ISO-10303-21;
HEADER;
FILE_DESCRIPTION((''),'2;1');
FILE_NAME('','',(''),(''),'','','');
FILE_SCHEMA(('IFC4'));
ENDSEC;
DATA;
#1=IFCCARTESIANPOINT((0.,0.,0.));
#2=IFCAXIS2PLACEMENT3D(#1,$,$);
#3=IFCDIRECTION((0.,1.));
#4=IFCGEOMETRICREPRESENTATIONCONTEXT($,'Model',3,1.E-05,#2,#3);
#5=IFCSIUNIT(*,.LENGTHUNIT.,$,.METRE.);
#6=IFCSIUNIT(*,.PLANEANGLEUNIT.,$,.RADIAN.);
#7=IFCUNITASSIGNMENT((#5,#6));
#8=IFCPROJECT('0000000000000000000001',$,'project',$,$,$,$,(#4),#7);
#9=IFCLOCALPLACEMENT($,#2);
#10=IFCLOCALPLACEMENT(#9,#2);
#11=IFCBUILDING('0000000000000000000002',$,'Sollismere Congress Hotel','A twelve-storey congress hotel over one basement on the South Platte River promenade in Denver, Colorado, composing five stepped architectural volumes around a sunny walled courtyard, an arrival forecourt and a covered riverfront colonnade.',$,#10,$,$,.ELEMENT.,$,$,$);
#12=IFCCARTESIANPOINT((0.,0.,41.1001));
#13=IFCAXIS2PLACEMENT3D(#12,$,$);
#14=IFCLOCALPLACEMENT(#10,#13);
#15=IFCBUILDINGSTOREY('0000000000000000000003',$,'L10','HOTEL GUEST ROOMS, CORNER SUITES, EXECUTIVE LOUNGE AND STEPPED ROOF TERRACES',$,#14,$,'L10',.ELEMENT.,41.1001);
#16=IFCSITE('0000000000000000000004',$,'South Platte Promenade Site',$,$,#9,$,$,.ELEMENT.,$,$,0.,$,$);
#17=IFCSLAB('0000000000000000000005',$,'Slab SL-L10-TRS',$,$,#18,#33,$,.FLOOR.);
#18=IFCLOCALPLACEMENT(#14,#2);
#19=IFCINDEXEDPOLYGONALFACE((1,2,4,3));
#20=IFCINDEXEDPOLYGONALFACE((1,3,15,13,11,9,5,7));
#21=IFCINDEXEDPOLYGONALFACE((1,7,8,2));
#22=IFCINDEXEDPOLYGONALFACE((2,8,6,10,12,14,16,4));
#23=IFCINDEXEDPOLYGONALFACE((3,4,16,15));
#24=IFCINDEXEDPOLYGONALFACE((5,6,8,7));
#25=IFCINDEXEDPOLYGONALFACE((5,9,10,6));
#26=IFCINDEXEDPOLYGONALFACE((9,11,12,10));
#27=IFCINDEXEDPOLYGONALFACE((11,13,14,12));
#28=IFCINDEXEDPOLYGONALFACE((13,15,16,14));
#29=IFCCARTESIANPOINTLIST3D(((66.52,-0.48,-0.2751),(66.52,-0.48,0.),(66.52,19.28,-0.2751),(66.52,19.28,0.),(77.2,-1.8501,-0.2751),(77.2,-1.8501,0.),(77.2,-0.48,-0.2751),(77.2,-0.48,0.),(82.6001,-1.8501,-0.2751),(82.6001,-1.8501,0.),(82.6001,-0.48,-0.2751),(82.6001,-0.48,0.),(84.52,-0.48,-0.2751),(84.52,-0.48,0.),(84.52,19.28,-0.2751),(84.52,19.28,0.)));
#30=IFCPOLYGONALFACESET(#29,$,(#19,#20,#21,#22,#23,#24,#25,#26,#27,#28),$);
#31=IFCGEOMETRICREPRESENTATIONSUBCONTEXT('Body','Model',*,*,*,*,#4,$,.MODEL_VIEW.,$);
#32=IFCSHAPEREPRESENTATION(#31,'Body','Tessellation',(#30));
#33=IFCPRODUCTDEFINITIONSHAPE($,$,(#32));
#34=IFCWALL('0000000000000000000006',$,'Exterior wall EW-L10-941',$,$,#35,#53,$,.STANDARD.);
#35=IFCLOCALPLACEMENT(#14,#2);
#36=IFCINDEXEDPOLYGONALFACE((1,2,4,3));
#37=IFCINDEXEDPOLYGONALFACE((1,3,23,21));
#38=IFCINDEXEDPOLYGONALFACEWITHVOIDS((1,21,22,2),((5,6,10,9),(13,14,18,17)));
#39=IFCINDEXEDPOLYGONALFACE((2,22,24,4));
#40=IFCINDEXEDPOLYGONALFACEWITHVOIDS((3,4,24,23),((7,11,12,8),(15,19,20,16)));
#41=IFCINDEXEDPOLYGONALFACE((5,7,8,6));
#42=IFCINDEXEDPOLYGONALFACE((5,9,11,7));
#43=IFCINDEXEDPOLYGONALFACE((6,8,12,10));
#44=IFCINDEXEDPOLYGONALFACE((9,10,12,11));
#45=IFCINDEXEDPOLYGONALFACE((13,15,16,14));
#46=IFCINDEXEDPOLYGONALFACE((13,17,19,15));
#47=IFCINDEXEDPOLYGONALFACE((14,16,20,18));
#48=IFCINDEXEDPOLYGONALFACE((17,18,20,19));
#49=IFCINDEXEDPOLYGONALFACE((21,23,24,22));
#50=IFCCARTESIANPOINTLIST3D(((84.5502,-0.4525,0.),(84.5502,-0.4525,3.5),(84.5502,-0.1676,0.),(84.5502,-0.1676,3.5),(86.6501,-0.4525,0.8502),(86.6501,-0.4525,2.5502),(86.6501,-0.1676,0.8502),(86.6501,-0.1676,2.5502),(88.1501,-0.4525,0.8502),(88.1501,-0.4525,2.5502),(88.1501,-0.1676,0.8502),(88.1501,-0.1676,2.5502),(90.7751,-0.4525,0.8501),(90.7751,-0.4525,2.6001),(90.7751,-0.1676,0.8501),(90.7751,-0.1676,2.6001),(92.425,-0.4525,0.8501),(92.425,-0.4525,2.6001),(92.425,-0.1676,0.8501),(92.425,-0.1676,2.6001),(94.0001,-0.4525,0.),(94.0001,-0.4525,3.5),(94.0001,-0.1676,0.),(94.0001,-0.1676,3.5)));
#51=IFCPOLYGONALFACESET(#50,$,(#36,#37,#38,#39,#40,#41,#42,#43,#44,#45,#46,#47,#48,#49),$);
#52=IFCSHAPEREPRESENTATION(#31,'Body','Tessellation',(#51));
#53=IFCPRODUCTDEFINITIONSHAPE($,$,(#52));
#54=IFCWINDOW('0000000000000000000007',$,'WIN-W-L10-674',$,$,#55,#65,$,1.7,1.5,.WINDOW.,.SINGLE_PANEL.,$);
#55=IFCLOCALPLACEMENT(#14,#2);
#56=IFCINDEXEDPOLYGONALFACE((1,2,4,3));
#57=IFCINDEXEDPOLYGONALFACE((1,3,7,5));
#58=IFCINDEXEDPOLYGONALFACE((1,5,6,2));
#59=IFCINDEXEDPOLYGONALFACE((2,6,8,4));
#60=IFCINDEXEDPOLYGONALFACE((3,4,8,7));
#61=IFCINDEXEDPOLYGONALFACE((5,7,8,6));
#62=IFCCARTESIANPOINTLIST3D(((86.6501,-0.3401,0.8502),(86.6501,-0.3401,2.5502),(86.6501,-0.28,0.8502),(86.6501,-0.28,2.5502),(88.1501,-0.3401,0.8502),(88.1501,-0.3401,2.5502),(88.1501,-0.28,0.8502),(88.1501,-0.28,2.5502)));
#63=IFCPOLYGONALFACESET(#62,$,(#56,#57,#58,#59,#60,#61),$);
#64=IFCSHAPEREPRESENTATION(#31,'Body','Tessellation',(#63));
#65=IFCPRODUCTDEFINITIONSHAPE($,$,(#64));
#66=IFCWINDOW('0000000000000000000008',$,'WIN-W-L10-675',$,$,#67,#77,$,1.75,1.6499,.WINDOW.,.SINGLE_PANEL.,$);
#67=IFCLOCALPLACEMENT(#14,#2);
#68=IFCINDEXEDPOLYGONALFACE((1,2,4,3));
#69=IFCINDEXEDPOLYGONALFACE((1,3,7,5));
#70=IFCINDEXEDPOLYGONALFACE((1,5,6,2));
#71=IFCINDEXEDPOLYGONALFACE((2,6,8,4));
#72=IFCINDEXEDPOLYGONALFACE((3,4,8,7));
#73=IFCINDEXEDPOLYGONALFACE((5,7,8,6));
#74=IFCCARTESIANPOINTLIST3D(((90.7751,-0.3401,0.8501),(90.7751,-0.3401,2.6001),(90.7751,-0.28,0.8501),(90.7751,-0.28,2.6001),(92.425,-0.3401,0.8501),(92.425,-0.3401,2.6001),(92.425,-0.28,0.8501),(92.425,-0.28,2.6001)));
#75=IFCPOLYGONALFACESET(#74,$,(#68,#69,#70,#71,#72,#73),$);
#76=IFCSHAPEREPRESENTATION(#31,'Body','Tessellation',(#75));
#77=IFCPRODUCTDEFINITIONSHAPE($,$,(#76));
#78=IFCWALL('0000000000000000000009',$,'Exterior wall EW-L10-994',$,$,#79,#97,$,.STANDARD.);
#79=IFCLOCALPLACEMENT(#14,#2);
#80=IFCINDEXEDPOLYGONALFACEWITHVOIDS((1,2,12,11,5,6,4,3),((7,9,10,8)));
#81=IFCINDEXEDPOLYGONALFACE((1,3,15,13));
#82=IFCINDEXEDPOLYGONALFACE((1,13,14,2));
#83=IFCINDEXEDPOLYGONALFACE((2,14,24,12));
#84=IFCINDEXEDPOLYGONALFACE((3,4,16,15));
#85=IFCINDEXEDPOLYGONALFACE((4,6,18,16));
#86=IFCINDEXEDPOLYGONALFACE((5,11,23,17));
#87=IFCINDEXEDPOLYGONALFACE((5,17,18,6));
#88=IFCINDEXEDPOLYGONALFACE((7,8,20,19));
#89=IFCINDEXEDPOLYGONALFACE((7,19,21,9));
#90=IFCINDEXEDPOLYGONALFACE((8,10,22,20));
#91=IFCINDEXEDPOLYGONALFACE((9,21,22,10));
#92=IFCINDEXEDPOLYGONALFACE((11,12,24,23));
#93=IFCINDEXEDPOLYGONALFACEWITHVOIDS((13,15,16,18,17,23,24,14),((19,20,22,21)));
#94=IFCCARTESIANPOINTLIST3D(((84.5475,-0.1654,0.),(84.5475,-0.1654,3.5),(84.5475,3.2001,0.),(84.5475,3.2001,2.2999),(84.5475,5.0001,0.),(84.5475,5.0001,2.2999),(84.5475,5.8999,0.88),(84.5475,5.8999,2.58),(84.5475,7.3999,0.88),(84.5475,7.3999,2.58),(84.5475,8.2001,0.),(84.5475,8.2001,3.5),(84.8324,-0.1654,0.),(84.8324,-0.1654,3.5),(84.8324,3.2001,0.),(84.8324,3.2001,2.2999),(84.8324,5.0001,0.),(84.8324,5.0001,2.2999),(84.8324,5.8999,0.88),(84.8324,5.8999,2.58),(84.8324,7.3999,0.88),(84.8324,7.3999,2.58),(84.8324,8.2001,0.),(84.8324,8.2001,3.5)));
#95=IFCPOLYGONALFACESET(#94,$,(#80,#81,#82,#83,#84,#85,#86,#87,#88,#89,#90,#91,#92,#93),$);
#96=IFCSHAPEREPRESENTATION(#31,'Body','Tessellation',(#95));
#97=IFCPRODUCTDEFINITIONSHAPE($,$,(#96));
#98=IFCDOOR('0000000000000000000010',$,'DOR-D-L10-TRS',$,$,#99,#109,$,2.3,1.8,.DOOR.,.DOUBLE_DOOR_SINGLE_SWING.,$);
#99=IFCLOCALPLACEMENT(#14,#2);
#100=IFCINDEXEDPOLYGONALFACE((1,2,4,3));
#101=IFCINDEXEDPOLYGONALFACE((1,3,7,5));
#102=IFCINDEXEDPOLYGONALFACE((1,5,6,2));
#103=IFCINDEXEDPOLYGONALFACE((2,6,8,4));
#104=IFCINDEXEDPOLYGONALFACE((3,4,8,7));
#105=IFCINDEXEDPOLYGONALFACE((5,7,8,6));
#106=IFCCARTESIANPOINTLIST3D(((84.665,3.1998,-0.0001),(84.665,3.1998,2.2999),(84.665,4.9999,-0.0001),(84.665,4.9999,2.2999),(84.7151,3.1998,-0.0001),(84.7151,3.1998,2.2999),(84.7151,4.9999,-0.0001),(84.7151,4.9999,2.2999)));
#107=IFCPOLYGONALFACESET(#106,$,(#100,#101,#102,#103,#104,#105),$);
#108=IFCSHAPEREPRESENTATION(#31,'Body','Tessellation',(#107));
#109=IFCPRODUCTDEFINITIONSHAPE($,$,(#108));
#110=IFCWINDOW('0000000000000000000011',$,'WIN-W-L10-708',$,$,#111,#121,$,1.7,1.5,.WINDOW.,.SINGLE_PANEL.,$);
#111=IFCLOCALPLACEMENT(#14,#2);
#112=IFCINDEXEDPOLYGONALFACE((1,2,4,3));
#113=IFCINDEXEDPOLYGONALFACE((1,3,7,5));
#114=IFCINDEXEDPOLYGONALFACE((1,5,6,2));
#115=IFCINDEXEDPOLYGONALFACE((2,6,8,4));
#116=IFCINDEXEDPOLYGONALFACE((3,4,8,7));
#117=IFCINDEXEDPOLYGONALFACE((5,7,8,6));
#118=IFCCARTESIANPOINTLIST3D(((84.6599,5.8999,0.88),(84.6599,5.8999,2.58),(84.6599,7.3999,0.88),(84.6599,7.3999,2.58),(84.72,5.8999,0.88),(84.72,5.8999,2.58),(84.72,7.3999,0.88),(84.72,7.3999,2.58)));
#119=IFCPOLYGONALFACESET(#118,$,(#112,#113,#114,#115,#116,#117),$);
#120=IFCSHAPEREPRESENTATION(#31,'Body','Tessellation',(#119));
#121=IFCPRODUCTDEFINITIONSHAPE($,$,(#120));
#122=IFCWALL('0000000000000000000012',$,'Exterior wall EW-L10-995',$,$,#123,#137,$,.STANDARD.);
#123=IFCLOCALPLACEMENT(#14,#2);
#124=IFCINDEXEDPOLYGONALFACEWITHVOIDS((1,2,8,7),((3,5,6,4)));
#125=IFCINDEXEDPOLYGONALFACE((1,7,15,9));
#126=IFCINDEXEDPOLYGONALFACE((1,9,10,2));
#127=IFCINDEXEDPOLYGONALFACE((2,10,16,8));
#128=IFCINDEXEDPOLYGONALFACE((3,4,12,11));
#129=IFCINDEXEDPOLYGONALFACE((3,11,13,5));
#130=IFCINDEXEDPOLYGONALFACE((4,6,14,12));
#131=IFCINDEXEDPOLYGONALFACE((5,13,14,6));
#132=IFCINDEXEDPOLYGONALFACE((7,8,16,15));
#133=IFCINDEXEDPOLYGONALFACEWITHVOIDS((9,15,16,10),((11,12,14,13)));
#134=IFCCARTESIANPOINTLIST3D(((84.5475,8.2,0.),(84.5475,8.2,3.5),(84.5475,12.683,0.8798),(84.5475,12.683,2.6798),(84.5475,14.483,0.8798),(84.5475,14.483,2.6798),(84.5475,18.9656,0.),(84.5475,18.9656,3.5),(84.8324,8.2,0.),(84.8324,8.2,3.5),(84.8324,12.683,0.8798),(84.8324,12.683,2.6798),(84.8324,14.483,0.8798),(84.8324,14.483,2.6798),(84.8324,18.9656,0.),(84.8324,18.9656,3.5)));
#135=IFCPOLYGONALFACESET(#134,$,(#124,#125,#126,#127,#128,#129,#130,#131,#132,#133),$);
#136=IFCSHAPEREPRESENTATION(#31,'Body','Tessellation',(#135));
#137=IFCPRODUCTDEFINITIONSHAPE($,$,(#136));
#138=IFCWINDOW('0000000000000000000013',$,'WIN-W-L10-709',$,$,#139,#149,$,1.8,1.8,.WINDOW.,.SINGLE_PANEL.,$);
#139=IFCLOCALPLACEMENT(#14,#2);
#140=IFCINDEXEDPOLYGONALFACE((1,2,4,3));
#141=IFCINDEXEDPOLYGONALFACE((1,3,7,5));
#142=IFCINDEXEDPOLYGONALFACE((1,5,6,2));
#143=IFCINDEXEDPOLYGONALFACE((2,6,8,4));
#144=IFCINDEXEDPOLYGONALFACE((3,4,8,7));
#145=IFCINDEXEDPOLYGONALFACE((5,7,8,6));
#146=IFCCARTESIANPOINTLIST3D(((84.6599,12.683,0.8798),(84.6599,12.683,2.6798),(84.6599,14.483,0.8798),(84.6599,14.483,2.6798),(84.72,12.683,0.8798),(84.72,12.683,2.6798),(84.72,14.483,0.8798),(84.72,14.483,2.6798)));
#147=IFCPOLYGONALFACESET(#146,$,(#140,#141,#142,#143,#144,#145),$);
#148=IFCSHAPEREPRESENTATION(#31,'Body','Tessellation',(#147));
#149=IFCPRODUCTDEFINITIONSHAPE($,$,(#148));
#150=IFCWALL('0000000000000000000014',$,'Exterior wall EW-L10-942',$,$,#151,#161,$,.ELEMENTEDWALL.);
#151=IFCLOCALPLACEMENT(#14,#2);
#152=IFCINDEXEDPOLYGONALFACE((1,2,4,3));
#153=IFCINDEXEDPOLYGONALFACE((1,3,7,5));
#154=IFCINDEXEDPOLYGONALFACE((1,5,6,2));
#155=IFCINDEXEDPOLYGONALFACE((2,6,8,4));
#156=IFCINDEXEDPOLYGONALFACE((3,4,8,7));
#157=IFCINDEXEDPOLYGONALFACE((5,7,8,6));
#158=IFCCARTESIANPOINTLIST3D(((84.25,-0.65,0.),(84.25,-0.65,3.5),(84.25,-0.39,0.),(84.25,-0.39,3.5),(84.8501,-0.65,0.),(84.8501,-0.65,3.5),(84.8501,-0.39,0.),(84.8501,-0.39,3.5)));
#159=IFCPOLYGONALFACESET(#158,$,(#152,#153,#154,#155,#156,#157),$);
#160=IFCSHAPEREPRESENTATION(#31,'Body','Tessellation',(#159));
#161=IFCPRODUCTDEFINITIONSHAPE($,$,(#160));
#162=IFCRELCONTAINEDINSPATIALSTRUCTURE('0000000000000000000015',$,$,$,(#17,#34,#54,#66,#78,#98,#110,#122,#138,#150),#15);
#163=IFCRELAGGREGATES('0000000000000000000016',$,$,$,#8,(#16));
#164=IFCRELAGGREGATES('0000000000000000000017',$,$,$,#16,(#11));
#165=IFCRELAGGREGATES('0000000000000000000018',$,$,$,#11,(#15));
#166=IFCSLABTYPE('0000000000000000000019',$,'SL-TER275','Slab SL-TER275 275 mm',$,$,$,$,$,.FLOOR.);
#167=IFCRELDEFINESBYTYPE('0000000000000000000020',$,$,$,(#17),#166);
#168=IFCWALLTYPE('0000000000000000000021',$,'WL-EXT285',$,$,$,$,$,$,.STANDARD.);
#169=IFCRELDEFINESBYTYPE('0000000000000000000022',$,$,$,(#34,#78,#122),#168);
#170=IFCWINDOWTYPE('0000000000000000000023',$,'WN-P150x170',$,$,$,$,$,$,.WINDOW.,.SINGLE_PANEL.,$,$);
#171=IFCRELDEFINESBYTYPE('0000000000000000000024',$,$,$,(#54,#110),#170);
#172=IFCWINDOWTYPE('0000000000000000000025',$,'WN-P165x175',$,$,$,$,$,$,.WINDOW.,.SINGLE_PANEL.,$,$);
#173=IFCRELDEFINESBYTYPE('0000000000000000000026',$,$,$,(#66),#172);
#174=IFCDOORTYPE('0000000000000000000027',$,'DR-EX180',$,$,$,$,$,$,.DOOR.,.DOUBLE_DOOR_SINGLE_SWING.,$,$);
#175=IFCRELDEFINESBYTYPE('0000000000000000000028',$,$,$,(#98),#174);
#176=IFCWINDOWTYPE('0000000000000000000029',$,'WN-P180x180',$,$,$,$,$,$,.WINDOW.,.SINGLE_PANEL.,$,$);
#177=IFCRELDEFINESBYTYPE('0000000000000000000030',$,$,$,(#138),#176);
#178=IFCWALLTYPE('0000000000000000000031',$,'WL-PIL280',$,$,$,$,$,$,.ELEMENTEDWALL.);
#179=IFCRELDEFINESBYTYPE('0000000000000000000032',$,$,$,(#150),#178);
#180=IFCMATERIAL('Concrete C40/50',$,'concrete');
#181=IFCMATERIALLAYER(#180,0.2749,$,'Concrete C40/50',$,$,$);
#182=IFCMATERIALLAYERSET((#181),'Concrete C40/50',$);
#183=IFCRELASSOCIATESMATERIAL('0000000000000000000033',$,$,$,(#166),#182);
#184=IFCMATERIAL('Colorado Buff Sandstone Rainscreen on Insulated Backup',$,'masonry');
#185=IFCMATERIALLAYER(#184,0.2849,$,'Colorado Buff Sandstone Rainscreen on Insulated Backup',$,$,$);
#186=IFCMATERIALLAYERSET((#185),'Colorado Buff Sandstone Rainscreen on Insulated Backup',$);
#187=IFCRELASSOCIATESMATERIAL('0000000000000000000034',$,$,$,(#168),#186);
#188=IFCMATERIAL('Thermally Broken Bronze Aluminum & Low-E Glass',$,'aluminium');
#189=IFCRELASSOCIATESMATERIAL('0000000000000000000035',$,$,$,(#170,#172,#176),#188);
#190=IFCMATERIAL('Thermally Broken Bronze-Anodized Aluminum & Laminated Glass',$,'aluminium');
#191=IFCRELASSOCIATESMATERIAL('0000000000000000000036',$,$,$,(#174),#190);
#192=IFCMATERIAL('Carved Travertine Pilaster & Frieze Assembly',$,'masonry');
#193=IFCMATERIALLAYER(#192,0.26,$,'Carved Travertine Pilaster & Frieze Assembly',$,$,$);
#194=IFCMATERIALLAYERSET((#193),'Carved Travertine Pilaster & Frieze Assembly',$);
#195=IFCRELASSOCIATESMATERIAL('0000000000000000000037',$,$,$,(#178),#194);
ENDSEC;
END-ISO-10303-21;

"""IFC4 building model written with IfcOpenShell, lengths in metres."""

from ifc_helpers import new_model, si_unit, direction, frame, frame_2d, origin, place, context, subcontext, project, spatial, polyline, rectangle, outline, extrude, material, layer, layer_set, type_object, element, fill, save


model = new_model("IFC4")

# Units and contexts
model_context = context("Model", 3, precision=1e-05, world=origin(), true_north=direction((0.0, 1.0)))
body_context = subcontext(model_context, "Body", "Model", "MODEL_VIEW")
ifc_project = project(units=[si_unit("LENGTHUNIT", "METRE"), si_unit("PLANEANGLEUNIT", "RADIAN")], contexts=[model_context])

# Site, building, storey
site_placement = place(None, origin())
site = spatial("IfcSite", under=ifc_project, at=site_placement, Name="South Platte Promenade Site", CompositionType="ELEMENT", RefElevation=0.0)
building_placement = place(site_placement, origin())
building = spatial("IfcBuilding", under=site, at=building_placement, Name="Sollismere Congress Hotel", Description="A twelve-storey congress hotel over one basement on the South Platte River promenade in Denver, Colorado, composing five stepped architectural volumes around a sunny walled courtyard, an arrival forecourt and a covered riverfront colonnade.", CompositionType="ELEMENT")
storey_placement = place(building_placement, frame((0.0, 0.0, 41.1001)))
storey = spatial("IfcBuildingStorey", under=building, at=storey_placement, Name="L10", Description="HOTEL GUEST ROOMS, CORNER SUITES, EXECUTIVE LOUNGE AND STEPPED ROOF TERRACES", LongName="L10", CompositionType="ELEMENT", Elevation=41.1001)

# Shared definitions
ifc_material_1 = material(Name="Concrete C40/50", Category="concrete")

# Slab
ifc_layer_1 = layer(ifc_material_1, 0.2749, Name="Concrete C40/50")
ifc_layer_set_1 = layer_set([ifc_layer_1], Name="Concrete C40/50")
slab_type_1 = type_object("IfcSlabType", Name="SL-TER275", Description="Slab SL-TER275 275 mm", PredefinedType="FLOOR", material=ifc_layer_set_1)
slab_1_placement = place(storey_placement, frame((0.0, 0.0, -0.2751)))
element("IfcSlab", 1, at=slab_1_placement, inside=storey, type_object=slab_type_1, Name="Slab SL-L10-TRS", PredefinedType="FLOOR", context=body_context, shape_type="SweptSolid", body=[
    extrude(outline(polyline([(82.6001, -0.48), (84.52, -0.48), (84.52, 19.28), (66.52, 19.28), (66.52, -0.48), (77.2, -0.48), (77.2, -1.8501), (82.6001, -1.8501), (82.6001, -0.48)])), origin(), (0.0, 0.0, 1.0), 0.2751),
])

# Wall, openings, windows
ifc_material_2 = material(Name="Colorado Buff Sandstone Rainscreen on Insulated Backup", Category="masonry")
ifc_layer_2 = layer(ifc_material_2, 0.2849, Name="Colorado Buff Sandstone Rainscreen on Insulated Backup")
ifc_layer_set_2 = layer_set([ifc_layer_2], Name="Colorado Buff Sandstone Rainscreen on Insulated Backup")
wall_type_1 = type_object("IfcWallType", Name="WL-EXT285", PredefinedType="STANDARD", material=ifc_layer_set_2)
wall_1_placement = place(storey_placement, frame((84.55, -0.3101, 0.0), z_axis=(0.0, 0.0, 1.0), x_axis=(1.0, 0.0, 0.0)))
wall_1 = element("IfcWall", 2, at=wall_1_placement, inside=storey, type_object=wall_type_1, Name="Exterior wall EW-L10-941", PredefinedType="STANDARD", context=body_context, shape_type="SweptSolid", body=[
    extrude(rectangle(XDim=9.45, YDim=0.2849, at=frame_2d((4.7251, 0.0))), origin(), (0.0, 0.0, 1.0), 3.5),
])
opening_1_placement = place(wall_1_placement, frame((2.1001, 0.0, 0.8501)))
opening_1 = element("IfcOpeningElement", 3, at=opening_1_placement, cuts=wall_1, PredefinedType="OPENING", context=body_context, shape_type="SweptSolid", body=[
    extrude(rectangle(XDim=1.5, YDim=1.7, at=frame_2d((0.75, 0.8501))), frame((0.0, 0.1523, 0.0), z_axis=(0.0, -1.0, 0.0), x_axis=(1.0, 0.0, 0.0)), (0.0, 0.0, 1.0), 0.3049),
])
opening_2_placement = place(wall_1_placement, frame((6.2251, 0.0, 0.8501)))
opening_2 = element("IfcOpeningElement", 4, at=opening_2_placement, cuts=wall_1, PredefinedType="OPENING", context=body_context, shape_type="SweptSolid", body=[
    extrude(rectangle(XDim=1.6499, YDim=1.75, at=frame_2d((0.825, 0.875))), frame((0.0, 0.1523, 0.0), z_axis=(0.0, -1.0, 0.0), x_axis=(1.0, 0.0, 0.0)), (0.0, 0.0, 1.0), 0.3049),
])
ifc_material_3 = material(Name="Thermally Broken Bronze Aluminum & Low-E Glass", Category="aluminium")
window_type_1 = type_object("IfcWindowType", Name="WN-P150x170", PartitioningType="SINGLE_PANEL", PredefinedType="WINDOW", material=ifc_material_3)
window_1_placement = place(opening_1_placement, origin())
window_1 = element("IfcWindow", 5, at=window_1_placement, inside=storey, type_object=window_type_1, Name="WIN-W-L10-674", OverallHeight=1.7, OverallWidth=1.5, PartitioningType="SINGLE_PANEL", PredefinedType="WINDOW", context=body_context, shape_type="SweptSolid", body=[
    extrude(rectangle(XDim=1.5, YDim=1.7, at=frame_2d((0.75, 0.8501))), frame((0.0, 0.03, 0.0), z_axis=(0.0, -1.0, 0.0), x_axis=(1.0, 0.0, 0.0)), (0.0, 0.0, 1.0), 0.0601),
])
fill(opening_1, window_1)
window_type_2 = type_object("IfcWindowType", Name="WN-P165x175", PartitioningType="SINGLE_PANEL", PredefinedType="WINDOW", material=ifc_material_3)
window_2_placement = place(opening_2_placement, origin())
window_2 = element("IfcWindow", 6, at=window_2_placement, inside=storey, type_object=window_type_2, Name="WIN-W-L10-675", OverallHeight=1.75, OverallWidth=1.6499, PartitioningType="SINGLE_PANEL", PredefinedType="WINDOW", context=body_context, shape_type="SweptSolid", body=[
    extrude(rectangle(XDim=1.6499, YDim=1.75, at=frame_2d((0.825, 0.875))), frame((0.0, 0.03, 0.0), z_axis=(0.0, -1.0, 0.0), x_axis=(1.0, 0.0, 0.0)), (0.0, 0.0, 1.0), 0.0601),
])
fill(opening_2, window_2)

# Wall, openings, door, window
wall_2_placement = place(storey_placement, frame((84.6899, 8.2, 0.0), z_axis=(0.0, 0.0, 1.0), x_axis=(0.0, -1.0, 0.0)))
wall_2 = element("IfcWall", 7, at=wall_2_placement, inside=storey, type_object=wall_type_1, Name="Exterior wall EW-L10-994", PredefinedType="STANDARD", context=body_context, shape_type="SweptSolid", body=[
    extrude(rectangle(XDim=8.3655, YDim=0.2849, at=frame_2d((4.1826, 0.0))), origin(), (0.0, 0.0, 1.0), 3.5),
])
opening_3_placement = place(wall_2_placement, frame((3.2, 0.0, 0.0)))
opening_3 = element("IfcOpeningElement", 8, at=opening_3_placement, cuts=wall_2, PredefinedType="OPENING", context=body_context, shape_type="SweptSolid", body=[
    extrude(rectangle(XDim=1.8, YDim=2.3, at=frame_2d((0.8999, 1.1499))), frame((0.0, 0.1523, 0.0), z_axis=(0.0, -1.0, 0.0), x_axis=(1.0, 0.0, 0.0)), (0.0, 0.0, 1.0), 0.3049),
])
opening_4_placement = place(wall_2_placement, frame((0.8, 0.0, 0.8799)))
opening_4 = element("IfcOpeningElement", 9, at=opening_4_placement, cuts=wall_2, PredefinedType="OPENING", context=body_context, shape_type="SweptSolid", body=[
    extrude(rectangle(XDim=1.5, YDim=1.7, at=frame_2d((0.75, 0.8501))), frame((0.0, 0.1523, 0.0), z_axis=(0.0, -1.0, 0.0), x_axis=(1.0, 0.0, 0.0)), (0.0, 0.0, 1.0), 0.3049),
])
ifc_material_4 = material(Name="Thermally Broken Bronze-Anodized Aluminum & Laminated Glass", Category="aluminium")
door_type = type_object("IfcDoorType", Name="DR-EX180", OperationType="DOUBLE_DOOR_SINGLE_SWING", PredefinedType="DOOR", material=ifc_material_4)
door_placement = place(opening_3_placement, frame((1.8, 0.0, 0.0), z_axis=(0.0, 0.0, 1.0), x_axis=(-1.0, 0.0, 0.0)))
door = element("IfcDoor", 10, at=door_placement, inside=storey, type_object=door_type, Name="DOR-D-L10-TRS", OperationType="DOUBLE_DOOR_SINGLE_SWING", OverallHeight=2.3, OverallWidth=1.8, PredefinedType="DOOR", context=body_context, shape_type="SweptSolid", body=[
    extrude(rectangle(XDim=1.8, YDim=2.3, at=frame_2d((0.8999, 1.1499))), frame((0.0, 0.0249, 0.0), z_axis=(0.0, -1.0, 0.0), x_axis=(1.0, 0.0, 0.0)), (0.0, 0.0, 1.0), 0.05),
])
fill(opening_3, door)
window_3_placement = place(opening_4_placement, origin())
window_3 = element("IfcWindow", 11, at=window_3_placement, inside=storey, type_object=window_type_1, Name="WIN-W-L10-708", OverallHeight=1.7, OverallWidth=1.5, PartitioningType="SINGLE_PANEL", PredefinedType="WINDOW", context=body_context, shape_type="SweptSolid", body=[
    extrude(rectangle(XDim=1.5, YDim=1.7, at=frame_2d((0.75, 0.8501))), frame((0.0, 0.03, 0.0), z_axis=(0.0, -1.0, 0.0), x_axis=(1.0, 0.0, 0.0)), (0.0, 0.0, 1.0), 0.0601),
])
fill(opening_4, window_3)

# Wall, opening, window
wall_3_placement = place(storey_placement, frame((84.6899, 18.9656, 0.0), z_axis=(0.0, 0.0, 1.0), x_axis=(0.0, -1.0, 0.0)))
wall_3 = element("IfcWall", 12, at=wall_3_placement, inside=storey, type_object=wall_type_1, Name="Exterior wall EW-L10-995", PredefinedType="STANDARD", context=body_context, shape_type="SweptSolid", body=[
    extrude(rectangle(XDim=10.7656, YDim=0.2849, at=frame_2d((5.3828, 0.0))), origin(), (0.0, 0.0, 1.0), 3.5),
])
opening_5_placement = place(wall_3_placement, frame((4.4827, 0.0, 0.8799)))
opening_5 = element("IfcOpeningElement", 13, at=opening_5_placement, cuts=wall_3, PredefinedType="OPENING", context=body_context, shape_type="SweptSolid", body=[
    extrude(rectangle(XDim=1.8, YDim=1.8, at=frame_2d((0.8999, 0.8999))), frame((0.0, 0.1523, 0.0), z_axis=(0.0, -1.0, 0.0), x_axis=(1.0, 0.0, 0.0)), (0.0, 0.0, 1.0), 0.3049),
])
window_type_3 = type_object("IfcWindowType", Name="WN-P180x180", PartitioningType="SINGLE_PANEL", PredefinedType="WINDOW", material=ifc_material_3)
window_4_placement = place(opening_5_placement, origin())
window_4 = element("IfcWindow", 14, at=window_4_placement, inside=storey, type_object=window_type_3, Name="WIN-W-L10-709", OverallHeight=1.8, OverallWidth=1.8, PartitioningType="SINGLE_PANEL", PredefinedType="WINDOW", context=body_context, shape_type="SweptSolid", body=[
    extrude(rectangle(XDim=1.8, YDim=1.8, at=frame_2d((0.8999, 0.8999))), frame((0.0, 0.03, 0.0), z_axis=(0.0, -1.0, 0.0), x_axis=(1.0, 0.0, 0.0)), (0.0, 0.0, 1.0), 0.0601),
])
fill(opening_5, window_4)

# Wall
ifc_material_5 = material(Name="Carved Travertine Pilaster & Frieze Assembly", Category="masonry")
ifc_layer_3 = layer(ifc_material_5, 0.26, Name="Carved Travertine Pilaster & Frieze Assembly")
ifc_layer_set_3 = layer_set([ifc_layer_3], Name="Carved Travertine Pilaster & Frieze Assembly")
wall_type_2 = type_object("IfcWallType", Name="WL-PIL280", PredefinedType="ELEMENTEDWALL", material=ifc_layer_set_3)
wall_4_placement = place(storey_placement, frame((84.25, -0.52, 0.0), z_axis=(0.0, 0.0, 1.0), x_axis=(1.0, 0.0, 0.0)))
element("IfcWall", 15, at=wall_4_placement, inside=storey, type_object=wall_type_2, Name="Exterior wall EW-L10-942", PredefinedType="ELEMENTEDWALL", context=body_context, shape_type="SweptSolid", body=[
    extrude(rectangle(XDim=0.6001, YDim=0.26, at=frame_2d((0.3, 0.0))), origin(), (0.0, 0.0, 1.0), 3.5),
])

save(model, "model.ifc")
